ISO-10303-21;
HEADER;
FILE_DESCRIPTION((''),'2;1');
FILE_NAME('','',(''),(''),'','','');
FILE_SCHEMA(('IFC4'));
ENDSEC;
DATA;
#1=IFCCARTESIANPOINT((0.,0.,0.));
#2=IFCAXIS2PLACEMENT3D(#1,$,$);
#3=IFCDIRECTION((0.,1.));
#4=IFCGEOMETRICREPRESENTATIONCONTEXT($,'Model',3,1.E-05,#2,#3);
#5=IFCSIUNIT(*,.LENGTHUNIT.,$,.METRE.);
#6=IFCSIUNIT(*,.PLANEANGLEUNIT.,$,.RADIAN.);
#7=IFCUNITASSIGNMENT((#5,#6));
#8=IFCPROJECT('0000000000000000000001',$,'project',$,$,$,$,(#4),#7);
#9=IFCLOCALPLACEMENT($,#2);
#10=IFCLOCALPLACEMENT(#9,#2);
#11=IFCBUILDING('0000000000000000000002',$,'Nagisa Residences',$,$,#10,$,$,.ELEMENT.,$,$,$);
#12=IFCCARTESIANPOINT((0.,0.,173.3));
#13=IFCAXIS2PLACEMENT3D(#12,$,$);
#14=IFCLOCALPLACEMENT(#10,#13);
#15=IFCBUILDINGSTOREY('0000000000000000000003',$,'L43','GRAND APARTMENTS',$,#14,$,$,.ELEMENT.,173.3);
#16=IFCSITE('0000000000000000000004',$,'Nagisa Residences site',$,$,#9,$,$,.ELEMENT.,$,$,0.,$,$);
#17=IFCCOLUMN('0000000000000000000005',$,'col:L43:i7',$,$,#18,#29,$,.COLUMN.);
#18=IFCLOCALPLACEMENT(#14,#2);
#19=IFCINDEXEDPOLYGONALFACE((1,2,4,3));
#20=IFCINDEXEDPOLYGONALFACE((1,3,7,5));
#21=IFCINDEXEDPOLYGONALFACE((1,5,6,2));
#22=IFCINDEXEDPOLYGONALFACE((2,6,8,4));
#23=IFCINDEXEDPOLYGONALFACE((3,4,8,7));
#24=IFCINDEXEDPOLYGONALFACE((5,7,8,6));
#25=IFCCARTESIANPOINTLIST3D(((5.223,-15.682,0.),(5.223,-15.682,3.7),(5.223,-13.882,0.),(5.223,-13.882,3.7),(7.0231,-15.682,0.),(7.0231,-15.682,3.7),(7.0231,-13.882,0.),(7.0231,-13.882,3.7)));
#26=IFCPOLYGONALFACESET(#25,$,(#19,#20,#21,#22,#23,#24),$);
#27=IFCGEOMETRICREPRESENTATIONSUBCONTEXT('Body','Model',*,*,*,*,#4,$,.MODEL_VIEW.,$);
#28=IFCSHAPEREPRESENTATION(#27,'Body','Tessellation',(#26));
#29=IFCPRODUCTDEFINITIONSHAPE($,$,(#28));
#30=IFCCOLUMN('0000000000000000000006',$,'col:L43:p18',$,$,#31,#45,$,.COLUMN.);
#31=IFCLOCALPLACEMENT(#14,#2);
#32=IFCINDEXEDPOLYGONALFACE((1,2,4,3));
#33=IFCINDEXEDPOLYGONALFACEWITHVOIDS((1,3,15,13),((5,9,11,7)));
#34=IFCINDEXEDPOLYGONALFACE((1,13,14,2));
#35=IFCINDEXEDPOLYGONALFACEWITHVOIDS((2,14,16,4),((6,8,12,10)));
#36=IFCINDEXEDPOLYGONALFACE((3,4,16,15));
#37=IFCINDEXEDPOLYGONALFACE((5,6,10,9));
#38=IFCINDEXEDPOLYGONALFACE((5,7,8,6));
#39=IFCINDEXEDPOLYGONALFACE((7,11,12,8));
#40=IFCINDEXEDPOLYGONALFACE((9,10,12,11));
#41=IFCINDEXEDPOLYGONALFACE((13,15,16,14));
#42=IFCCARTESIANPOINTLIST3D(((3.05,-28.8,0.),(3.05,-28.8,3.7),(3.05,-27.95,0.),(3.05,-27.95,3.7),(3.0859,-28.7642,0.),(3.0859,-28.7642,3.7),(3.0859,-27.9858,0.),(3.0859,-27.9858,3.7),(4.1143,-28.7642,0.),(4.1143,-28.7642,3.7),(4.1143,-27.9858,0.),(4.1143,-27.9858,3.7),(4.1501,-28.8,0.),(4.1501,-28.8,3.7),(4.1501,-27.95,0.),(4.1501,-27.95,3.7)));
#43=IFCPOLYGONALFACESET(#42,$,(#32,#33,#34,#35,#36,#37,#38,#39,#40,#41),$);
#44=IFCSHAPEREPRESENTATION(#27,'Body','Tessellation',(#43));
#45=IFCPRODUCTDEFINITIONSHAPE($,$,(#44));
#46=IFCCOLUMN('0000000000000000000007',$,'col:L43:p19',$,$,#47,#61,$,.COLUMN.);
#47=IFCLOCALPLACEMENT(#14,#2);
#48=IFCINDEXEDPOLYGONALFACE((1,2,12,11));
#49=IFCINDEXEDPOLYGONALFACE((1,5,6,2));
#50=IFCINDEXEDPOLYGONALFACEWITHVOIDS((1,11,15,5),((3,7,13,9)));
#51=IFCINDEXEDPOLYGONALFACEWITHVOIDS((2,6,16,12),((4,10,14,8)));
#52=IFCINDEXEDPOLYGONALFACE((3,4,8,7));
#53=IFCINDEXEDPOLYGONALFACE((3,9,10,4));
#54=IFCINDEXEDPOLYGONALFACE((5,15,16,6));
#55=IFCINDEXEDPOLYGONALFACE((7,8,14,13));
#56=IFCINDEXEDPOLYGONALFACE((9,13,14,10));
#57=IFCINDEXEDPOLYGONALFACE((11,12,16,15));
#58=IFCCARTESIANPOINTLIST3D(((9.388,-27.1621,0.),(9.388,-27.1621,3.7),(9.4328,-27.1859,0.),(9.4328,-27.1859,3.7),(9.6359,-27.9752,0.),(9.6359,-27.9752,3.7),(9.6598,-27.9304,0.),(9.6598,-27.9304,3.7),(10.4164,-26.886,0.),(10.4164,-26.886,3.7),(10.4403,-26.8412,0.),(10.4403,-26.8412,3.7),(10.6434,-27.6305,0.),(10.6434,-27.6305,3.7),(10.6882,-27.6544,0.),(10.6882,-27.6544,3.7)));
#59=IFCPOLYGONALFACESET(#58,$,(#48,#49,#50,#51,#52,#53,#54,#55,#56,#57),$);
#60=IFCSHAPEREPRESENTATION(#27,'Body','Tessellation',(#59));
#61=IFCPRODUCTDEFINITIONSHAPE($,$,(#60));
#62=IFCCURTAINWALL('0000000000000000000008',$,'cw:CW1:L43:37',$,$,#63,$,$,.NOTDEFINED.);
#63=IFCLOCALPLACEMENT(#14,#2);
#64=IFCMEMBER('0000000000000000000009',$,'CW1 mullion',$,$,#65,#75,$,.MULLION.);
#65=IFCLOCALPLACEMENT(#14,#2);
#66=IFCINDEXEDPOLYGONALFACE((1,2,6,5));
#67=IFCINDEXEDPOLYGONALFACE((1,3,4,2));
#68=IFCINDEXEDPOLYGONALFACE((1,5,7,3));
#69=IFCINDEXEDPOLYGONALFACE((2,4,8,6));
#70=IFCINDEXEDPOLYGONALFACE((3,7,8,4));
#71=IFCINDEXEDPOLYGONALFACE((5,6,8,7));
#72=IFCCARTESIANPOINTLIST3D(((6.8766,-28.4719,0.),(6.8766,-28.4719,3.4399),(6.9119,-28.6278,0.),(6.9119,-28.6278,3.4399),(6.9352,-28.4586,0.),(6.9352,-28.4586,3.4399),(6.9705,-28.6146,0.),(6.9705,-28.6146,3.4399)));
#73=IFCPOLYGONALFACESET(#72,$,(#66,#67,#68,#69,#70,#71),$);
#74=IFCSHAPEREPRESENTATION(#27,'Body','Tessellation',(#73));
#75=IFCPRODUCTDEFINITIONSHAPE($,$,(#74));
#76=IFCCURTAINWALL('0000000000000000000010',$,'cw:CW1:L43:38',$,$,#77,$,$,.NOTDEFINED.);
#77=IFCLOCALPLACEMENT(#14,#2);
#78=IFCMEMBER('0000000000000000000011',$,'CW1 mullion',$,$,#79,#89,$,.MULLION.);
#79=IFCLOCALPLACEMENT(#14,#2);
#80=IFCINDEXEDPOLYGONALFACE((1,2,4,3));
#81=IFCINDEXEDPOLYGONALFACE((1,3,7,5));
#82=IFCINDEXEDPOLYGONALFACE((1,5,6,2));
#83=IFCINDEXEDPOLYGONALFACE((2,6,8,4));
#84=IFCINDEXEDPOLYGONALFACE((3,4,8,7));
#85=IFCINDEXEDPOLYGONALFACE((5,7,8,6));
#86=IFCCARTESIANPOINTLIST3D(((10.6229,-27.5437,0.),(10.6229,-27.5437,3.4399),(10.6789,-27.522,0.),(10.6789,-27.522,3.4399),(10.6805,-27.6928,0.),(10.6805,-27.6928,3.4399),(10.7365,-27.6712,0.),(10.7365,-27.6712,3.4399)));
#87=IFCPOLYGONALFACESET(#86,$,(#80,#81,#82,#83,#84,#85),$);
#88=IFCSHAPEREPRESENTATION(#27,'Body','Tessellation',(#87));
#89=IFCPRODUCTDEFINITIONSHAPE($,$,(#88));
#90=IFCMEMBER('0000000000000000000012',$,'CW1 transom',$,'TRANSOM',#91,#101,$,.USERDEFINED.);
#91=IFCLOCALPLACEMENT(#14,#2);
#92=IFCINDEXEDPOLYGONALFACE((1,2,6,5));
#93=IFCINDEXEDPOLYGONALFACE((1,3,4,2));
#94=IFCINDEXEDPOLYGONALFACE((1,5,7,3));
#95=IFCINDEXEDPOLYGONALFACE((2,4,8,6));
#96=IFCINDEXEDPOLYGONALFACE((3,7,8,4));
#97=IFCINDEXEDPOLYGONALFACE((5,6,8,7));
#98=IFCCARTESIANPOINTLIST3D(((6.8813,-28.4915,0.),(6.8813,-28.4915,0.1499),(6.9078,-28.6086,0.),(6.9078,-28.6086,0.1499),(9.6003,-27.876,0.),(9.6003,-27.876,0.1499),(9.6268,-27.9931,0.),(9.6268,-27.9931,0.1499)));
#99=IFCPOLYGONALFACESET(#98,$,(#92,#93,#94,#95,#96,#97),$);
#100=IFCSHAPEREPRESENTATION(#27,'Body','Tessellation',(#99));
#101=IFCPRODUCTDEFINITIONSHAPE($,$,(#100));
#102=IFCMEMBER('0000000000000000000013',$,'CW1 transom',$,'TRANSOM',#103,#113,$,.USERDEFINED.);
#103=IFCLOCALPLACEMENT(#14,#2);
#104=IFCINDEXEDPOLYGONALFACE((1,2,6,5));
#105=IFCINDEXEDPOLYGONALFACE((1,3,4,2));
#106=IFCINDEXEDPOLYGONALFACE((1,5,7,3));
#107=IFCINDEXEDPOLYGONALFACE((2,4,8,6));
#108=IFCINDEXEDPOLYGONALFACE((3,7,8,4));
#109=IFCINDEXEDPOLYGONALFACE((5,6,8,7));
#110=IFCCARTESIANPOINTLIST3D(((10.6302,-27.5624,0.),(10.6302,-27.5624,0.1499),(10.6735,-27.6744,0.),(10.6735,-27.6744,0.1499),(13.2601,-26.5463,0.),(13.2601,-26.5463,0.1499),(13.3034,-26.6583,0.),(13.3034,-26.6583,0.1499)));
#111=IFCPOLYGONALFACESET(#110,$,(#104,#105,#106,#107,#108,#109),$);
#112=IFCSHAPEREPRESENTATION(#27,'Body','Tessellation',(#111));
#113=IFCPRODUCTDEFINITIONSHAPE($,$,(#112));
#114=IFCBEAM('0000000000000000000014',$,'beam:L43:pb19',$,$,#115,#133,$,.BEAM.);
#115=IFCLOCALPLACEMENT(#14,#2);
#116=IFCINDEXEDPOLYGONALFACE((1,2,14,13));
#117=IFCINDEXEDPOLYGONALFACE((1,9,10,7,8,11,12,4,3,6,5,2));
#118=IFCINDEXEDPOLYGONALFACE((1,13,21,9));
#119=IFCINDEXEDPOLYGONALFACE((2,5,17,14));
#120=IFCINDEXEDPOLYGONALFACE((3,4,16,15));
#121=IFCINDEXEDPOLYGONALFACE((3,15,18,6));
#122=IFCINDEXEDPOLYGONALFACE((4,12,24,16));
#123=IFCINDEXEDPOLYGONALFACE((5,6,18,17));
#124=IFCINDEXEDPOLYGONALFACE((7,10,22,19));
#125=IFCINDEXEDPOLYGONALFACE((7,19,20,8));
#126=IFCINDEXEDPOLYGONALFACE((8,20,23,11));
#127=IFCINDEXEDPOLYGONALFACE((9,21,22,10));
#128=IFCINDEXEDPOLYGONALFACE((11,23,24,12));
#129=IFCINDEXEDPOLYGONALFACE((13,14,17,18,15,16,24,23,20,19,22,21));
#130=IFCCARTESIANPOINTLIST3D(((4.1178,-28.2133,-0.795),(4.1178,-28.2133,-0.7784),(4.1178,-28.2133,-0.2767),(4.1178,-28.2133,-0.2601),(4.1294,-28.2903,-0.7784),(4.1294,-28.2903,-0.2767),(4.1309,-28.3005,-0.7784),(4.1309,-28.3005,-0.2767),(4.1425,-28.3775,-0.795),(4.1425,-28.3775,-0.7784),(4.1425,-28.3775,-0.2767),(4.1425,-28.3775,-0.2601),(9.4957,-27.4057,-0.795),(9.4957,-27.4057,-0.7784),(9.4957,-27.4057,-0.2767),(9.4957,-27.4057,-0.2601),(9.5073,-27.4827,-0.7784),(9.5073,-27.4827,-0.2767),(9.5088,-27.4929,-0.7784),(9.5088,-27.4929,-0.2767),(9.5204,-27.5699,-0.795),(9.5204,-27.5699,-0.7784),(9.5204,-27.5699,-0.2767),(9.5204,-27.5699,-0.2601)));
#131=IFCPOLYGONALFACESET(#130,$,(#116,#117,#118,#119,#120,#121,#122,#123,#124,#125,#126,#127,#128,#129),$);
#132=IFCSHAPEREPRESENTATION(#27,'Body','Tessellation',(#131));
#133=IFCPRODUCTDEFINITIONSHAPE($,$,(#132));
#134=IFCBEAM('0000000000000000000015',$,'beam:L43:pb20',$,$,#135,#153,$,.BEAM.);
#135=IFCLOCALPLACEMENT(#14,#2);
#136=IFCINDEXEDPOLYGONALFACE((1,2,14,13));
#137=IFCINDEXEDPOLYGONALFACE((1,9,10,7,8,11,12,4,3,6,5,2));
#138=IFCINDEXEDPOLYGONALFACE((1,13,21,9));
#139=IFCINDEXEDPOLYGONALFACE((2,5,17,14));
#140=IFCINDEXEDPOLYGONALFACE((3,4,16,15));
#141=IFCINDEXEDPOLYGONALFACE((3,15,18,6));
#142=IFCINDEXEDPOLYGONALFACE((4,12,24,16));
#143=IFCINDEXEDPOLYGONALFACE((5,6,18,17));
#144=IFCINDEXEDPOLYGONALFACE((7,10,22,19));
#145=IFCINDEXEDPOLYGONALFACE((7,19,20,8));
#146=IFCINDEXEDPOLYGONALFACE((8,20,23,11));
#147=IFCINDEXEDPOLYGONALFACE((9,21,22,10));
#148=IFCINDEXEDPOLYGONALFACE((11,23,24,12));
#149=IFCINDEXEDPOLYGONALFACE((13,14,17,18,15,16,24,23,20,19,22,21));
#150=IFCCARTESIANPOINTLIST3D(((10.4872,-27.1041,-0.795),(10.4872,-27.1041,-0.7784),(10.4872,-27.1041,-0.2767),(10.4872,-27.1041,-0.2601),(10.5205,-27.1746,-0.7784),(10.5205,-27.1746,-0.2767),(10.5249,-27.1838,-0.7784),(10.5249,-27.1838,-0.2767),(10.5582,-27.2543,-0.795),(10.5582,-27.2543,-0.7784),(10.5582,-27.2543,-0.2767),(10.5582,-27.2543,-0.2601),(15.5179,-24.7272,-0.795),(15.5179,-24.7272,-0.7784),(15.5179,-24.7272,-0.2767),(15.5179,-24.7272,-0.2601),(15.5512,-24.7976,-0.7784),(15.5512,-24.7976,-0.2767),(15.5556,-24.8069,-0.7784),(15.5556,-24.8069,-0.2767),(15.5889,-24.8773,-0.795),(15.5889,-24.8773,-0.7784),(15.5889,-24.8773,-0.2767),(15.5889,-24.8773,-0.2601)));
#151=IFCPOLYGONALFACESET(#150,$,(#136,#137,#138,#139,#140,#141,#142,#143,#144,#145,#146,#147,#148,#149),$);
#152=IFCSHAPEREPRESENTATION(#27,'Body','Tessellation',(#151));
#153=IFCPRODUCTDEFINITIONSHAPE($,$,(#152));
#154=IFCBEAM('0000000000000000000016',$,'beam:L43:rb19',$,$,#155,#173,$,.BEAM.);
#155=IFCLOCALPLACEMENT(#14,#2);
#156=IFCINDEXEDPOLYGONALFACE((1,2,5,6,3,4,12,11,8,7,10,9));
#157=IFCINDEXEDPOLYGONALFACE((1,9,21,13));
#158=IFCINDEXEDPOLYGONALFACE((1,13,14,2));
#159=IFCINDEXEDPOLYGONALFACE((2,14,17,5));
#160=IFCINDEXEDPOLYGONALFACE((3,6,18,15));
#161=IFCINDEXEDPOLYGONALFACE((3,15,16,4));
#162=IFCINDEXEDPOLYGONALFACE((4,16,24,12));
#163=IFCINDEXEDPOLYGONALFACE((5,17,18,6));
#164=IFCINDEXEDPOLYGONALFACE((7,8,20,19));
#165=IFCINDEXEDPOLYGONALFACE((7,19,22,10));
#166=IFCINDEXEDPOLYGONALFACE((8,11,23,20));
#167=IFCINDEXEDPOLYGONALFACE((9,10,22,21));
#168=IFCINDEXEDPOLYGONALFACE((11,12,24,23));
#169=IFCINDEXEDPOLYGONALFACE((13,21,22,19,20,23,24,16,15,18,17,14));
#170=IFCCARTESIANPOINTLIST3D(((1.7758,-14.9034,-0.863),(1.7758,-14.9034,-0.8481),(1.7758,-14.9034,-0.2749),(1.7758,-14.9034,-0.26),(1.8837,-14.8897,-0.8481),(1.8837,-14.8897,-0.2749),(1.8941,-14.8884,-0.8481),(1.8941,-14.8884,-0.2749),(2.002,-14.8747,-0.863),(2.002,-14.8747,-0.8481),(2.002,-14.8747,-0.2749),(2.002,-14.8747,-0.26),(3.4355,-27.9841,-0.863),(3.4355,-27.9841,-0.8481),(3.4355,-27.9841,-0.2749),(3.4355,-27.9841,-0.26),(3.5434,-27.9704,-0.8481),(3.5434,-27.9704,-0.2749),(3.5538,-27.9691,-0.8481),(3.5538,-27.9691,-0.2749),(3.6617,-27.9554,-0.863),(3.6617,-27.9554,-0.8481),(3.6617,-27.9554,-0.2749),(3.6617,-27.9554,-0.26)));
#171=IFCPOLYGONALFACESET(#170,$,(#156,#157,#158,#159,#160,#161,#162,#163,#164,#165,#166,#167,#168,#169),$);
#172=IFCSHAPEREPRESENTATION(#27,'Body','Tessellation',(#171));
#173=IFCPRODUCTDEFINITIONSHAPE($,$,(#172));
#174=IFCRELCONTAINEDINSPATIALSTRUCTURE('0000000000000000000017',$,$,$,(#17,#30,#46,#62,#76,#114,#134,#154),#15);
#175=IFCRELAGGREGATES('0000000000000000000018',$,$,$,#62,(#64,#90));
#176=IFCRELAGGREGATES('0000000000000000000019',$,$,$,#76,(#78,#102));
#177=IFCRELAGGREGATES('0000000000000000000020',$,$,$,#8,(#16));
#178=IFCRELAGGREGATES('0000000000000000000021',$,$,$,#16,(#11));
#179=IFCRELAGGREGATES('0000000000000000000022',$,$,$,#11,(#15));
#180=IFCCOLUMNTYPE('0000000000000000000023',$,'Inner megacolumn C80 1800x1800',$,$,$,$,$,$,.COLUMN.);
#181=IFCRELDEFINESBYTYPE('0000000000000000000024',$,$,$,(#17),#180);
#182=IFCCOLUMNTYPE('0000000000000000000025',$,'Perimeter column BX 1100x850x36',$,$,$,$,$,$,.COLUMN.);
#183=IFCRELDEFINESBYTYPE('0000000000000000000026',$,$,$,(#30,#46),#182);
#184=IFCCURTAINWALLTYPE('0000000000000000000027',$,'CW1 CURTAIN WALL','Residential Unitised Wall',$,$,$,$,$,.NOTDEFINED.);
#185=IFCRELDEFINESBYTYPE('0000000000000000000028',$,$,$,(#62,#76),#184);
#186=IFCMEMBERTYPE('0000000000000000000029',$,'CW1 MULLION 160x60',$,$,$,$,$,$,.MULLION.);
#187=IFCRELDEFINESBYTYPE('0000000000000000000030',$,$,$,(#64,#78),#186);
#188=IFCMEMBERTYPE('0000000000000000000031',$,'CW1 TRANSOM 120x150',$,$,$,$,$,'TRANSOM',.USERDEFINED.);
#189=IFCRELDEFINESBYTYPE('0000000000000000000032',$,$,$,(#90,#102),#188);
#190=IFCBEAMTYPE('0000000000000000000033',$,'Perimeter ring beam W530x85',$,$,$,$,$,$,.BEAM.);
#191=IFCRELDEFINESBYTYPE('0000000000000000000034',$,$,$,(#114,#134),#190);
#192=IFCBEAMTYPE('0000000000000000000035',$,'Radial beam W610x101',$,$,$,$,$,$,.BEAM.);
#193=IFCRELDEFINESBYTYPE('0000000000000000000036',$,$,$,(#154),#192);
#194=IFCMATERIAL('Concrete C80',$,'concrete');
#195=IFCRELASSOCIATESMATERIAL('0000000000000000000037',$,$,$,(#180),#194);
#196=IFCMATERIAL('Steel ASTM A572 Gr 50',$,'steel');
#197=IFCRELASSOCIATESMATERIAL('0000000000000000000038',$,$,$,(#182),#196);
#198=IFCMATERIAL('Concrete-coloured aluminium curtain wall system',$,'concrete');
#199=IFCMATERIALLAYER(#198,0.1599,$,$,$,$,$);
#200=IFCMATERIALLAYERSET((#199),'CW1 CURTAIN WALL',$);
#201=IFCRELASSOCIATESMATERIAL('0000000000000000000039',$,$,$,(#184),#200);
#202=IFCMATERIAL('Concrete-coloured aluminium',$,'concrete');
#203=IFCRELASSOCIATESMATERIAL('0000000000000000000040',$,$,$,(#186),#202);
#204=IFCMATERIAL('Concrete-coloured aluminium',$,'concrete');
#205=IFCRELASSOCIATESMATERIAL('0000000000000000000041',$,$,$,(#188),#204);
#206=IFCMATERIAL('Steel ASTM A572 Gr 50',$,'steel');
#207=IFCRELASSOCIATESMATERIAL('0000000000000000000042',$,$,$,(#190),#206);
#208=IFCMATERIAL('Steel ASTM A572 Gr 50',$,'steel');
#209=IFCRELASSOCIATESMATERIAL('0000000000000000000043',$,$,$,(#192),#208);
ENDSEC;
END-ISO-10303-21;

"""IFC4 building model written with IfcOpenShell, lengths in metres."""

from ifc_helpers import new_model, si_unit, direction, frame, origin, origin_2d, place, context, subcontext, project, spatial, rectangle, hollow_rectangle, i_section, extrude, material, layer, layer_set, material_profile, profile_set, type_object, element, aggregate, save


model = new_model("IFC4")

# Units and contexts
model_context = context("Model", 3, precision=1e-05, world=origin(), true_north=direction((0.0, 1.0)))
body_context = subcontext(model_context, "Body", "Model", "MODEL_VIEW")
ifc_project = project(units=[si_unit("LENGTHUNIT", "METRE"), si_unit("PLANEANGLEUNIT", "RADIAN")], contexts=[model_context])

# Site, building, storey
site_placement = place(None, origin())
site = spatial("IfcSite", under=ifc_project, at=site_placement, Name="Nagisa Residences site", CompositionType="ELEMENT", RefElevation=0.0)
building_placement = place(site_placement, origin())
building = spatial("IfcBuilding", under=site, at=building_placement, Name="Nagisa Residences", CompositionType="ELEMENT")
storey_placement = place(building_placement, frame((0.0, 0.0, 173.3)))
storey = spatial("IfcBuildingStorey", under=building, at=storey_placement, Name="L43", Description="GRAND APARTMENTS", CompositionType="ELEMENT", Elevation=173.3)

# Columns
ifc_material_1 = material(Name="Concrete C80", Category="concrete")
ifc_material_profile_1 = material_profile(ifc_material_1, rectangle(XDim=1.8, YDim=1.8, at=origin_2d()), Name="C80 1800x1800")
ifc_profile_set_1 = profile_set([ifc_material_profile_1], Name="Concrete C80")
column_type_1 = type_object("IfcColumnType", Name="Inner megacolumn C80 1800x1800", PredefinedType="COLUMN", material=ifc_profile_set_1)
column_placement = place(storey_placement, frame((6.123, -14.782, 0.0), z_axis=(0.0, 0.0, 1.0), x_axis=(1.0, 0.0, 0.0)))
element("IfcColumn", 1, at=column_placement, inside=storey, type_object=column_type_1, Name="col:L43:i7", PredefinedType="COLUMN", context=body_context, shape_type="SweptSolid", body=[
    extrude(rectangle(XDim=1.8, YDim=1.8, at=origin_2d()), origin(), (0.0, 0.0, 1.0), 3.7),
])
ifc_material_2 = material(Name="Steel ASTM A572 Gr 50", Category="steel")
ifc_material_profile_2 = material_profile(ifc_material_2, hollow_rectangle(XDim=1.1001, YDim=0.8501, WallThickness=0.0359, at=origin_2d()), Name="BX 1100x850x36")
ifc_profile_set_2 = profile_set([ifc_material_profile_2], Name="Steel ASTM A572 Gr 50")
column_type_2 = type_object("IfcColumnType", Name="Perimeter column BX 1100x850x36", PredefinedType="COLUMN", material=ifc_profile_set_2)
for number, where, z_axis, x_axis, name in (
    (2, (3.6001, -28.375, 0.0), (0.0, 0.0, 1.0), (1.0, 0.0, 0.0), "col:L43:p18"),
    (3, (10.0381, -27.4082, 0.0), (0.0, 0.0, 1.0), (0.956525, 0.291652, 0.0), "col:L43:p19"),
):
    element("IfcColumn", number, at=place(storey_placement, frame(where, z_axis=z_axis, x_axis=x_axis)), inside=storey, type_object=column_type_2, Name=name, PredefinedType="COLUMN", context=body_context, shape_type="SweptSolid", body=[
        extrude(hollow_rectangle(XDim=1.1001, YDim=0.8501, WallThickness=0.0359, at=origin_2d()), origin(), (0.0, 0.0, 1.0), 3.7),
    ])

# Curtain walls, members
ifc_material_3 = material(Name="Concrete-coloured aluminium curtain wall system", Category="concrete")
ifc_layer_1 = layer(ifc_material_3, 0.1599)
ifc_layer_set_1 = layer_set([ifc_layer_1], Name="CW1 CURTAIN WALL")
curtain_wall_type = type_object("IfcCurtainWallType", Name="CW1 CURTAIN WALL", Description="Residential Unitised Wall", PredefinedType="NOTDEFINED", material=ifc_layer_set_1)
curtain_wall_1_placement = place(storey_placement, origin())
curtain_wall_1 = element("IfcCurtainWall", 4, at=curtain_wall_1_placement, inside=storey, type_object=curtain_wall_type, Name="cw:CW1:L43:37", PredefinedType="NOTDEFINED")
ifc_material_4 = material(Name="Concrete-coloured aluminium", Category="concrete")
ifc_material_profile_3 = material_profile(ifc_material_4, rectangle(XDim=0.1599, YDim=0.0601, at=origin_2d()), Name="CW1 MULLION 160x60")
ifc_profile_set_3 = profile_set([ifc_material_profile_3], Name="Concrete-coloured aluminium")
member_type_1 = type_object("IfcMemberType", Name="CW1 MULLION 160x60", PredefinedType="MULLION", material=ifc_profile_set_3)
member_1_placement = place(storey_placement, frame((6.9236, -28.5432, 0.0), z_axis=(0.0, 0.0, 1.0), x_axis=(-0.220764, 0.975327, 0.0)))
member_1 = element("IfcMember", 5, at=member_1_placement, type_object=member_type_1, Name="CW1 mullion", PredefinedType="MULLION", context=body_context, shape_type="SweptSolid", body=[
    extrude(rectangle(XDim=0.1599, YDim=0.0601, at=origin_2d()), origin(), (0.0, 0.0, 1.0), 3.4399),
])
curtain_wall_2_placement = place(storey_placement, origin())
curtain_wall_2 = element("IfcCurtainWall", 6, at=curtain_wall_2_placement, inside=storey, type_object=curtain_wall_type, Name="cw:CW1:L43:38", PredefinedType="NOTDEFINED")
member_2_placement = place(storey_placement, frame((10.6797, -27.6074, 0.0), z_axis=(0.0, 0.0, 1.0), x_axis=(-0.360328, 0.932826, 0.0)))
member_2 = element("IfcMember", 7, at=member_2_placement, type_object=member_type_1, Name="CW1 mullion", PredefinedType="MULLION", context=body_context, shape_type="SweptSolid", body=[
    extrude(rectangle(XDim=0.1599, YDim=0.0601, at=origin_2d()), origin(), (0.0, 0.0, 1.0), 3.4399),
])

# Members
ifc_material_5 = material(Name="Concrete-coloured aluminium", Category="concrete")
ifc_material_profile_4 = material_profile(ifc_material_5, rectangle(XDim=0.1201, YDim=0.1499, at=origin_2d()), Name="CW1 TRANSOM 120x150")
ifc_profile_set_4 = profile_set([ifc_material_profile_4], Name="Concrete-coloured aluminium")
member_type_2 = type_object("IfcMemberType", Name="CW1 TRANSOM 120x150", ElementType="TRANSOM", PredefinedType="USERDEFINED", material=ifc_profile_set_4)
member_3_placement = place(storey_placement, frame((6.8945, -28.55, 0.075), z_axis=(0.975324, 0.220777, 0.0), x_axis=(-0.220777, 0.975324, 0.0)))
member_3 = element("IfcMember", 8, at=member_3_placement, type_object=member_type_2, Name="CW1 transom", ObjectType="TRANSOM", PredefinedType="USERDEFINED", context=body_context, shape_type="SweptSolid", body=[
    extrude(rectangle(XDim=0.1201, YDim=0.1499, at=origin_2d()), origin(), (0.0, 0.0, 1.0), 2.7878),
])
member_4_placement = place(storey_placement, frame((10.6519, -27.6184, 0.075), z_axis=(0.932795, 0.360406, 0.0), x_axis=(-0.360406, 0.932795, 0.0)))
member_4 = element("IfcMember", 9, at=member_4_placement, type_object=member_type_2, Name="CW1 transom", ObjectType="TRANSOM", PredefinedType="USERDEFINED", context=body_context, shape_type="SweptSolid", body=[
    extrude(rectangle(XDim=0.1201, YDim=0.1499, at=origin_2d()), origin(), (0.0, 0.0, 1.0), 2.8193),
])

# Beams
ifc_material_6 = material(Name="Steel ASTM A572 Gr 50", Category="steel")
ifc_material_profile_5 = material_profile(ifc_material_6, i_section(OverallWidth=0.166, OverallDepth=0.5349, WebThickness=0.0103, FlangeThickness=0.0166, at=origin_2d()), Name="W530x85")
ifc_profile_set_5 = profile_set([ifc_material_profile_5], Name="Steel ASTM A572 Gr 50")
beam_type_1 = type_object("IfcBeamType", Name="Perimeter ring beam W530x85", PredefinedType="BEAM", material=ifc_profile_set_5)
beam_1_placement = place(storey_placement, frame((4.1301, -28.2954, -0.5276), z_axis=(0.988911, 0.148507, 0.0), x_axis=(-0.148507, 0.988911, 0.0)))
element("IfcBeam", 10, at=beam_1_placement, inside=storey, type_object=beam_type_1, Name="beam:L43:pb19", PredefinedType="BEAM", context=body_context, shape_type="SweptSolid", body=[
    extrude(i_section(OverallWidth=0.166, OverallDepth=0.5349, WebThickness=0.0103, FlangeThickness=0.0166, at=origin_2d()), origin(), (0.0, 0.0, 1.0), 5.4382),
])
beam_2_placement = place(storey_placement, frame((10.5227, -27.1792, -0.5276), z_axis=(0.904157, 0.4272, 0.0), x_axis=(-0.4272, 0.904157, 0.0)))
element("IfcBeam", 11, at=beam_2_placement, inside=storey, type_object=beam_type_1, Name="beam:L43:pb20", PredefinedType="BEAM", context=body_context, shape_type="SweptSolid", body=[
    extrude(i_section(OverallWidth=0.166, OverallDepth=0.5349, WebThickness=0.0103, FlangeThickness=0.0166, at=origin_2d()), origin(), (0.0, 0.0, 1.0), 5.564),
])
ifc_material_7 = material(Name="Steel ASTM A572 Gr 50", Category="steel")
ifc_material_profile_6 = material_profile(ifc_material_7, i_section(OverallWidth=0.228, OverallDepth=0.603, WebThickness=0.0105, FlangeThickness=0.0149, at=origin_2d()), Name="W610x101")
ifc_profile_set_6 = profile_set([ifc_material_profile_6], Name="Steel ASTM A572 Gr 50")
beam_type_2 = type_object("IfcBeamType", Name="Radial beam W610x101", PredefinedType="BEAM", material=ifc_profile_set_6)
beam_3_placement = place(storey_placement, frame((3.5486, -27.9697, -0.5615), z_axis=(-0.125871, 0.992047, 0.0), x_axis=(-0.992047, -0.125871, 0.0)))
element("IfcBeam", 12, at=beam_3_placement, inside=storey, type_object=beam_type_2, Name="beam:L43:rb19", PredefinedType="BEAM", context=body_context, shape_type="SweptSolid", body=[
    extrude(i_section(OverallWidth=0.228, OverallDepth=0.603, WebThickness=0.0105, FlangeThickness=0.0149, at=origin_2d()), origin(), (0.0, 0.0, 1.0), 13.1855),
])

aggregate(curtain_wall_1, [member_1, member_3])
aggregate(curtain_wall_2, [member_2, member_4])

save(model, "model.ifc")
